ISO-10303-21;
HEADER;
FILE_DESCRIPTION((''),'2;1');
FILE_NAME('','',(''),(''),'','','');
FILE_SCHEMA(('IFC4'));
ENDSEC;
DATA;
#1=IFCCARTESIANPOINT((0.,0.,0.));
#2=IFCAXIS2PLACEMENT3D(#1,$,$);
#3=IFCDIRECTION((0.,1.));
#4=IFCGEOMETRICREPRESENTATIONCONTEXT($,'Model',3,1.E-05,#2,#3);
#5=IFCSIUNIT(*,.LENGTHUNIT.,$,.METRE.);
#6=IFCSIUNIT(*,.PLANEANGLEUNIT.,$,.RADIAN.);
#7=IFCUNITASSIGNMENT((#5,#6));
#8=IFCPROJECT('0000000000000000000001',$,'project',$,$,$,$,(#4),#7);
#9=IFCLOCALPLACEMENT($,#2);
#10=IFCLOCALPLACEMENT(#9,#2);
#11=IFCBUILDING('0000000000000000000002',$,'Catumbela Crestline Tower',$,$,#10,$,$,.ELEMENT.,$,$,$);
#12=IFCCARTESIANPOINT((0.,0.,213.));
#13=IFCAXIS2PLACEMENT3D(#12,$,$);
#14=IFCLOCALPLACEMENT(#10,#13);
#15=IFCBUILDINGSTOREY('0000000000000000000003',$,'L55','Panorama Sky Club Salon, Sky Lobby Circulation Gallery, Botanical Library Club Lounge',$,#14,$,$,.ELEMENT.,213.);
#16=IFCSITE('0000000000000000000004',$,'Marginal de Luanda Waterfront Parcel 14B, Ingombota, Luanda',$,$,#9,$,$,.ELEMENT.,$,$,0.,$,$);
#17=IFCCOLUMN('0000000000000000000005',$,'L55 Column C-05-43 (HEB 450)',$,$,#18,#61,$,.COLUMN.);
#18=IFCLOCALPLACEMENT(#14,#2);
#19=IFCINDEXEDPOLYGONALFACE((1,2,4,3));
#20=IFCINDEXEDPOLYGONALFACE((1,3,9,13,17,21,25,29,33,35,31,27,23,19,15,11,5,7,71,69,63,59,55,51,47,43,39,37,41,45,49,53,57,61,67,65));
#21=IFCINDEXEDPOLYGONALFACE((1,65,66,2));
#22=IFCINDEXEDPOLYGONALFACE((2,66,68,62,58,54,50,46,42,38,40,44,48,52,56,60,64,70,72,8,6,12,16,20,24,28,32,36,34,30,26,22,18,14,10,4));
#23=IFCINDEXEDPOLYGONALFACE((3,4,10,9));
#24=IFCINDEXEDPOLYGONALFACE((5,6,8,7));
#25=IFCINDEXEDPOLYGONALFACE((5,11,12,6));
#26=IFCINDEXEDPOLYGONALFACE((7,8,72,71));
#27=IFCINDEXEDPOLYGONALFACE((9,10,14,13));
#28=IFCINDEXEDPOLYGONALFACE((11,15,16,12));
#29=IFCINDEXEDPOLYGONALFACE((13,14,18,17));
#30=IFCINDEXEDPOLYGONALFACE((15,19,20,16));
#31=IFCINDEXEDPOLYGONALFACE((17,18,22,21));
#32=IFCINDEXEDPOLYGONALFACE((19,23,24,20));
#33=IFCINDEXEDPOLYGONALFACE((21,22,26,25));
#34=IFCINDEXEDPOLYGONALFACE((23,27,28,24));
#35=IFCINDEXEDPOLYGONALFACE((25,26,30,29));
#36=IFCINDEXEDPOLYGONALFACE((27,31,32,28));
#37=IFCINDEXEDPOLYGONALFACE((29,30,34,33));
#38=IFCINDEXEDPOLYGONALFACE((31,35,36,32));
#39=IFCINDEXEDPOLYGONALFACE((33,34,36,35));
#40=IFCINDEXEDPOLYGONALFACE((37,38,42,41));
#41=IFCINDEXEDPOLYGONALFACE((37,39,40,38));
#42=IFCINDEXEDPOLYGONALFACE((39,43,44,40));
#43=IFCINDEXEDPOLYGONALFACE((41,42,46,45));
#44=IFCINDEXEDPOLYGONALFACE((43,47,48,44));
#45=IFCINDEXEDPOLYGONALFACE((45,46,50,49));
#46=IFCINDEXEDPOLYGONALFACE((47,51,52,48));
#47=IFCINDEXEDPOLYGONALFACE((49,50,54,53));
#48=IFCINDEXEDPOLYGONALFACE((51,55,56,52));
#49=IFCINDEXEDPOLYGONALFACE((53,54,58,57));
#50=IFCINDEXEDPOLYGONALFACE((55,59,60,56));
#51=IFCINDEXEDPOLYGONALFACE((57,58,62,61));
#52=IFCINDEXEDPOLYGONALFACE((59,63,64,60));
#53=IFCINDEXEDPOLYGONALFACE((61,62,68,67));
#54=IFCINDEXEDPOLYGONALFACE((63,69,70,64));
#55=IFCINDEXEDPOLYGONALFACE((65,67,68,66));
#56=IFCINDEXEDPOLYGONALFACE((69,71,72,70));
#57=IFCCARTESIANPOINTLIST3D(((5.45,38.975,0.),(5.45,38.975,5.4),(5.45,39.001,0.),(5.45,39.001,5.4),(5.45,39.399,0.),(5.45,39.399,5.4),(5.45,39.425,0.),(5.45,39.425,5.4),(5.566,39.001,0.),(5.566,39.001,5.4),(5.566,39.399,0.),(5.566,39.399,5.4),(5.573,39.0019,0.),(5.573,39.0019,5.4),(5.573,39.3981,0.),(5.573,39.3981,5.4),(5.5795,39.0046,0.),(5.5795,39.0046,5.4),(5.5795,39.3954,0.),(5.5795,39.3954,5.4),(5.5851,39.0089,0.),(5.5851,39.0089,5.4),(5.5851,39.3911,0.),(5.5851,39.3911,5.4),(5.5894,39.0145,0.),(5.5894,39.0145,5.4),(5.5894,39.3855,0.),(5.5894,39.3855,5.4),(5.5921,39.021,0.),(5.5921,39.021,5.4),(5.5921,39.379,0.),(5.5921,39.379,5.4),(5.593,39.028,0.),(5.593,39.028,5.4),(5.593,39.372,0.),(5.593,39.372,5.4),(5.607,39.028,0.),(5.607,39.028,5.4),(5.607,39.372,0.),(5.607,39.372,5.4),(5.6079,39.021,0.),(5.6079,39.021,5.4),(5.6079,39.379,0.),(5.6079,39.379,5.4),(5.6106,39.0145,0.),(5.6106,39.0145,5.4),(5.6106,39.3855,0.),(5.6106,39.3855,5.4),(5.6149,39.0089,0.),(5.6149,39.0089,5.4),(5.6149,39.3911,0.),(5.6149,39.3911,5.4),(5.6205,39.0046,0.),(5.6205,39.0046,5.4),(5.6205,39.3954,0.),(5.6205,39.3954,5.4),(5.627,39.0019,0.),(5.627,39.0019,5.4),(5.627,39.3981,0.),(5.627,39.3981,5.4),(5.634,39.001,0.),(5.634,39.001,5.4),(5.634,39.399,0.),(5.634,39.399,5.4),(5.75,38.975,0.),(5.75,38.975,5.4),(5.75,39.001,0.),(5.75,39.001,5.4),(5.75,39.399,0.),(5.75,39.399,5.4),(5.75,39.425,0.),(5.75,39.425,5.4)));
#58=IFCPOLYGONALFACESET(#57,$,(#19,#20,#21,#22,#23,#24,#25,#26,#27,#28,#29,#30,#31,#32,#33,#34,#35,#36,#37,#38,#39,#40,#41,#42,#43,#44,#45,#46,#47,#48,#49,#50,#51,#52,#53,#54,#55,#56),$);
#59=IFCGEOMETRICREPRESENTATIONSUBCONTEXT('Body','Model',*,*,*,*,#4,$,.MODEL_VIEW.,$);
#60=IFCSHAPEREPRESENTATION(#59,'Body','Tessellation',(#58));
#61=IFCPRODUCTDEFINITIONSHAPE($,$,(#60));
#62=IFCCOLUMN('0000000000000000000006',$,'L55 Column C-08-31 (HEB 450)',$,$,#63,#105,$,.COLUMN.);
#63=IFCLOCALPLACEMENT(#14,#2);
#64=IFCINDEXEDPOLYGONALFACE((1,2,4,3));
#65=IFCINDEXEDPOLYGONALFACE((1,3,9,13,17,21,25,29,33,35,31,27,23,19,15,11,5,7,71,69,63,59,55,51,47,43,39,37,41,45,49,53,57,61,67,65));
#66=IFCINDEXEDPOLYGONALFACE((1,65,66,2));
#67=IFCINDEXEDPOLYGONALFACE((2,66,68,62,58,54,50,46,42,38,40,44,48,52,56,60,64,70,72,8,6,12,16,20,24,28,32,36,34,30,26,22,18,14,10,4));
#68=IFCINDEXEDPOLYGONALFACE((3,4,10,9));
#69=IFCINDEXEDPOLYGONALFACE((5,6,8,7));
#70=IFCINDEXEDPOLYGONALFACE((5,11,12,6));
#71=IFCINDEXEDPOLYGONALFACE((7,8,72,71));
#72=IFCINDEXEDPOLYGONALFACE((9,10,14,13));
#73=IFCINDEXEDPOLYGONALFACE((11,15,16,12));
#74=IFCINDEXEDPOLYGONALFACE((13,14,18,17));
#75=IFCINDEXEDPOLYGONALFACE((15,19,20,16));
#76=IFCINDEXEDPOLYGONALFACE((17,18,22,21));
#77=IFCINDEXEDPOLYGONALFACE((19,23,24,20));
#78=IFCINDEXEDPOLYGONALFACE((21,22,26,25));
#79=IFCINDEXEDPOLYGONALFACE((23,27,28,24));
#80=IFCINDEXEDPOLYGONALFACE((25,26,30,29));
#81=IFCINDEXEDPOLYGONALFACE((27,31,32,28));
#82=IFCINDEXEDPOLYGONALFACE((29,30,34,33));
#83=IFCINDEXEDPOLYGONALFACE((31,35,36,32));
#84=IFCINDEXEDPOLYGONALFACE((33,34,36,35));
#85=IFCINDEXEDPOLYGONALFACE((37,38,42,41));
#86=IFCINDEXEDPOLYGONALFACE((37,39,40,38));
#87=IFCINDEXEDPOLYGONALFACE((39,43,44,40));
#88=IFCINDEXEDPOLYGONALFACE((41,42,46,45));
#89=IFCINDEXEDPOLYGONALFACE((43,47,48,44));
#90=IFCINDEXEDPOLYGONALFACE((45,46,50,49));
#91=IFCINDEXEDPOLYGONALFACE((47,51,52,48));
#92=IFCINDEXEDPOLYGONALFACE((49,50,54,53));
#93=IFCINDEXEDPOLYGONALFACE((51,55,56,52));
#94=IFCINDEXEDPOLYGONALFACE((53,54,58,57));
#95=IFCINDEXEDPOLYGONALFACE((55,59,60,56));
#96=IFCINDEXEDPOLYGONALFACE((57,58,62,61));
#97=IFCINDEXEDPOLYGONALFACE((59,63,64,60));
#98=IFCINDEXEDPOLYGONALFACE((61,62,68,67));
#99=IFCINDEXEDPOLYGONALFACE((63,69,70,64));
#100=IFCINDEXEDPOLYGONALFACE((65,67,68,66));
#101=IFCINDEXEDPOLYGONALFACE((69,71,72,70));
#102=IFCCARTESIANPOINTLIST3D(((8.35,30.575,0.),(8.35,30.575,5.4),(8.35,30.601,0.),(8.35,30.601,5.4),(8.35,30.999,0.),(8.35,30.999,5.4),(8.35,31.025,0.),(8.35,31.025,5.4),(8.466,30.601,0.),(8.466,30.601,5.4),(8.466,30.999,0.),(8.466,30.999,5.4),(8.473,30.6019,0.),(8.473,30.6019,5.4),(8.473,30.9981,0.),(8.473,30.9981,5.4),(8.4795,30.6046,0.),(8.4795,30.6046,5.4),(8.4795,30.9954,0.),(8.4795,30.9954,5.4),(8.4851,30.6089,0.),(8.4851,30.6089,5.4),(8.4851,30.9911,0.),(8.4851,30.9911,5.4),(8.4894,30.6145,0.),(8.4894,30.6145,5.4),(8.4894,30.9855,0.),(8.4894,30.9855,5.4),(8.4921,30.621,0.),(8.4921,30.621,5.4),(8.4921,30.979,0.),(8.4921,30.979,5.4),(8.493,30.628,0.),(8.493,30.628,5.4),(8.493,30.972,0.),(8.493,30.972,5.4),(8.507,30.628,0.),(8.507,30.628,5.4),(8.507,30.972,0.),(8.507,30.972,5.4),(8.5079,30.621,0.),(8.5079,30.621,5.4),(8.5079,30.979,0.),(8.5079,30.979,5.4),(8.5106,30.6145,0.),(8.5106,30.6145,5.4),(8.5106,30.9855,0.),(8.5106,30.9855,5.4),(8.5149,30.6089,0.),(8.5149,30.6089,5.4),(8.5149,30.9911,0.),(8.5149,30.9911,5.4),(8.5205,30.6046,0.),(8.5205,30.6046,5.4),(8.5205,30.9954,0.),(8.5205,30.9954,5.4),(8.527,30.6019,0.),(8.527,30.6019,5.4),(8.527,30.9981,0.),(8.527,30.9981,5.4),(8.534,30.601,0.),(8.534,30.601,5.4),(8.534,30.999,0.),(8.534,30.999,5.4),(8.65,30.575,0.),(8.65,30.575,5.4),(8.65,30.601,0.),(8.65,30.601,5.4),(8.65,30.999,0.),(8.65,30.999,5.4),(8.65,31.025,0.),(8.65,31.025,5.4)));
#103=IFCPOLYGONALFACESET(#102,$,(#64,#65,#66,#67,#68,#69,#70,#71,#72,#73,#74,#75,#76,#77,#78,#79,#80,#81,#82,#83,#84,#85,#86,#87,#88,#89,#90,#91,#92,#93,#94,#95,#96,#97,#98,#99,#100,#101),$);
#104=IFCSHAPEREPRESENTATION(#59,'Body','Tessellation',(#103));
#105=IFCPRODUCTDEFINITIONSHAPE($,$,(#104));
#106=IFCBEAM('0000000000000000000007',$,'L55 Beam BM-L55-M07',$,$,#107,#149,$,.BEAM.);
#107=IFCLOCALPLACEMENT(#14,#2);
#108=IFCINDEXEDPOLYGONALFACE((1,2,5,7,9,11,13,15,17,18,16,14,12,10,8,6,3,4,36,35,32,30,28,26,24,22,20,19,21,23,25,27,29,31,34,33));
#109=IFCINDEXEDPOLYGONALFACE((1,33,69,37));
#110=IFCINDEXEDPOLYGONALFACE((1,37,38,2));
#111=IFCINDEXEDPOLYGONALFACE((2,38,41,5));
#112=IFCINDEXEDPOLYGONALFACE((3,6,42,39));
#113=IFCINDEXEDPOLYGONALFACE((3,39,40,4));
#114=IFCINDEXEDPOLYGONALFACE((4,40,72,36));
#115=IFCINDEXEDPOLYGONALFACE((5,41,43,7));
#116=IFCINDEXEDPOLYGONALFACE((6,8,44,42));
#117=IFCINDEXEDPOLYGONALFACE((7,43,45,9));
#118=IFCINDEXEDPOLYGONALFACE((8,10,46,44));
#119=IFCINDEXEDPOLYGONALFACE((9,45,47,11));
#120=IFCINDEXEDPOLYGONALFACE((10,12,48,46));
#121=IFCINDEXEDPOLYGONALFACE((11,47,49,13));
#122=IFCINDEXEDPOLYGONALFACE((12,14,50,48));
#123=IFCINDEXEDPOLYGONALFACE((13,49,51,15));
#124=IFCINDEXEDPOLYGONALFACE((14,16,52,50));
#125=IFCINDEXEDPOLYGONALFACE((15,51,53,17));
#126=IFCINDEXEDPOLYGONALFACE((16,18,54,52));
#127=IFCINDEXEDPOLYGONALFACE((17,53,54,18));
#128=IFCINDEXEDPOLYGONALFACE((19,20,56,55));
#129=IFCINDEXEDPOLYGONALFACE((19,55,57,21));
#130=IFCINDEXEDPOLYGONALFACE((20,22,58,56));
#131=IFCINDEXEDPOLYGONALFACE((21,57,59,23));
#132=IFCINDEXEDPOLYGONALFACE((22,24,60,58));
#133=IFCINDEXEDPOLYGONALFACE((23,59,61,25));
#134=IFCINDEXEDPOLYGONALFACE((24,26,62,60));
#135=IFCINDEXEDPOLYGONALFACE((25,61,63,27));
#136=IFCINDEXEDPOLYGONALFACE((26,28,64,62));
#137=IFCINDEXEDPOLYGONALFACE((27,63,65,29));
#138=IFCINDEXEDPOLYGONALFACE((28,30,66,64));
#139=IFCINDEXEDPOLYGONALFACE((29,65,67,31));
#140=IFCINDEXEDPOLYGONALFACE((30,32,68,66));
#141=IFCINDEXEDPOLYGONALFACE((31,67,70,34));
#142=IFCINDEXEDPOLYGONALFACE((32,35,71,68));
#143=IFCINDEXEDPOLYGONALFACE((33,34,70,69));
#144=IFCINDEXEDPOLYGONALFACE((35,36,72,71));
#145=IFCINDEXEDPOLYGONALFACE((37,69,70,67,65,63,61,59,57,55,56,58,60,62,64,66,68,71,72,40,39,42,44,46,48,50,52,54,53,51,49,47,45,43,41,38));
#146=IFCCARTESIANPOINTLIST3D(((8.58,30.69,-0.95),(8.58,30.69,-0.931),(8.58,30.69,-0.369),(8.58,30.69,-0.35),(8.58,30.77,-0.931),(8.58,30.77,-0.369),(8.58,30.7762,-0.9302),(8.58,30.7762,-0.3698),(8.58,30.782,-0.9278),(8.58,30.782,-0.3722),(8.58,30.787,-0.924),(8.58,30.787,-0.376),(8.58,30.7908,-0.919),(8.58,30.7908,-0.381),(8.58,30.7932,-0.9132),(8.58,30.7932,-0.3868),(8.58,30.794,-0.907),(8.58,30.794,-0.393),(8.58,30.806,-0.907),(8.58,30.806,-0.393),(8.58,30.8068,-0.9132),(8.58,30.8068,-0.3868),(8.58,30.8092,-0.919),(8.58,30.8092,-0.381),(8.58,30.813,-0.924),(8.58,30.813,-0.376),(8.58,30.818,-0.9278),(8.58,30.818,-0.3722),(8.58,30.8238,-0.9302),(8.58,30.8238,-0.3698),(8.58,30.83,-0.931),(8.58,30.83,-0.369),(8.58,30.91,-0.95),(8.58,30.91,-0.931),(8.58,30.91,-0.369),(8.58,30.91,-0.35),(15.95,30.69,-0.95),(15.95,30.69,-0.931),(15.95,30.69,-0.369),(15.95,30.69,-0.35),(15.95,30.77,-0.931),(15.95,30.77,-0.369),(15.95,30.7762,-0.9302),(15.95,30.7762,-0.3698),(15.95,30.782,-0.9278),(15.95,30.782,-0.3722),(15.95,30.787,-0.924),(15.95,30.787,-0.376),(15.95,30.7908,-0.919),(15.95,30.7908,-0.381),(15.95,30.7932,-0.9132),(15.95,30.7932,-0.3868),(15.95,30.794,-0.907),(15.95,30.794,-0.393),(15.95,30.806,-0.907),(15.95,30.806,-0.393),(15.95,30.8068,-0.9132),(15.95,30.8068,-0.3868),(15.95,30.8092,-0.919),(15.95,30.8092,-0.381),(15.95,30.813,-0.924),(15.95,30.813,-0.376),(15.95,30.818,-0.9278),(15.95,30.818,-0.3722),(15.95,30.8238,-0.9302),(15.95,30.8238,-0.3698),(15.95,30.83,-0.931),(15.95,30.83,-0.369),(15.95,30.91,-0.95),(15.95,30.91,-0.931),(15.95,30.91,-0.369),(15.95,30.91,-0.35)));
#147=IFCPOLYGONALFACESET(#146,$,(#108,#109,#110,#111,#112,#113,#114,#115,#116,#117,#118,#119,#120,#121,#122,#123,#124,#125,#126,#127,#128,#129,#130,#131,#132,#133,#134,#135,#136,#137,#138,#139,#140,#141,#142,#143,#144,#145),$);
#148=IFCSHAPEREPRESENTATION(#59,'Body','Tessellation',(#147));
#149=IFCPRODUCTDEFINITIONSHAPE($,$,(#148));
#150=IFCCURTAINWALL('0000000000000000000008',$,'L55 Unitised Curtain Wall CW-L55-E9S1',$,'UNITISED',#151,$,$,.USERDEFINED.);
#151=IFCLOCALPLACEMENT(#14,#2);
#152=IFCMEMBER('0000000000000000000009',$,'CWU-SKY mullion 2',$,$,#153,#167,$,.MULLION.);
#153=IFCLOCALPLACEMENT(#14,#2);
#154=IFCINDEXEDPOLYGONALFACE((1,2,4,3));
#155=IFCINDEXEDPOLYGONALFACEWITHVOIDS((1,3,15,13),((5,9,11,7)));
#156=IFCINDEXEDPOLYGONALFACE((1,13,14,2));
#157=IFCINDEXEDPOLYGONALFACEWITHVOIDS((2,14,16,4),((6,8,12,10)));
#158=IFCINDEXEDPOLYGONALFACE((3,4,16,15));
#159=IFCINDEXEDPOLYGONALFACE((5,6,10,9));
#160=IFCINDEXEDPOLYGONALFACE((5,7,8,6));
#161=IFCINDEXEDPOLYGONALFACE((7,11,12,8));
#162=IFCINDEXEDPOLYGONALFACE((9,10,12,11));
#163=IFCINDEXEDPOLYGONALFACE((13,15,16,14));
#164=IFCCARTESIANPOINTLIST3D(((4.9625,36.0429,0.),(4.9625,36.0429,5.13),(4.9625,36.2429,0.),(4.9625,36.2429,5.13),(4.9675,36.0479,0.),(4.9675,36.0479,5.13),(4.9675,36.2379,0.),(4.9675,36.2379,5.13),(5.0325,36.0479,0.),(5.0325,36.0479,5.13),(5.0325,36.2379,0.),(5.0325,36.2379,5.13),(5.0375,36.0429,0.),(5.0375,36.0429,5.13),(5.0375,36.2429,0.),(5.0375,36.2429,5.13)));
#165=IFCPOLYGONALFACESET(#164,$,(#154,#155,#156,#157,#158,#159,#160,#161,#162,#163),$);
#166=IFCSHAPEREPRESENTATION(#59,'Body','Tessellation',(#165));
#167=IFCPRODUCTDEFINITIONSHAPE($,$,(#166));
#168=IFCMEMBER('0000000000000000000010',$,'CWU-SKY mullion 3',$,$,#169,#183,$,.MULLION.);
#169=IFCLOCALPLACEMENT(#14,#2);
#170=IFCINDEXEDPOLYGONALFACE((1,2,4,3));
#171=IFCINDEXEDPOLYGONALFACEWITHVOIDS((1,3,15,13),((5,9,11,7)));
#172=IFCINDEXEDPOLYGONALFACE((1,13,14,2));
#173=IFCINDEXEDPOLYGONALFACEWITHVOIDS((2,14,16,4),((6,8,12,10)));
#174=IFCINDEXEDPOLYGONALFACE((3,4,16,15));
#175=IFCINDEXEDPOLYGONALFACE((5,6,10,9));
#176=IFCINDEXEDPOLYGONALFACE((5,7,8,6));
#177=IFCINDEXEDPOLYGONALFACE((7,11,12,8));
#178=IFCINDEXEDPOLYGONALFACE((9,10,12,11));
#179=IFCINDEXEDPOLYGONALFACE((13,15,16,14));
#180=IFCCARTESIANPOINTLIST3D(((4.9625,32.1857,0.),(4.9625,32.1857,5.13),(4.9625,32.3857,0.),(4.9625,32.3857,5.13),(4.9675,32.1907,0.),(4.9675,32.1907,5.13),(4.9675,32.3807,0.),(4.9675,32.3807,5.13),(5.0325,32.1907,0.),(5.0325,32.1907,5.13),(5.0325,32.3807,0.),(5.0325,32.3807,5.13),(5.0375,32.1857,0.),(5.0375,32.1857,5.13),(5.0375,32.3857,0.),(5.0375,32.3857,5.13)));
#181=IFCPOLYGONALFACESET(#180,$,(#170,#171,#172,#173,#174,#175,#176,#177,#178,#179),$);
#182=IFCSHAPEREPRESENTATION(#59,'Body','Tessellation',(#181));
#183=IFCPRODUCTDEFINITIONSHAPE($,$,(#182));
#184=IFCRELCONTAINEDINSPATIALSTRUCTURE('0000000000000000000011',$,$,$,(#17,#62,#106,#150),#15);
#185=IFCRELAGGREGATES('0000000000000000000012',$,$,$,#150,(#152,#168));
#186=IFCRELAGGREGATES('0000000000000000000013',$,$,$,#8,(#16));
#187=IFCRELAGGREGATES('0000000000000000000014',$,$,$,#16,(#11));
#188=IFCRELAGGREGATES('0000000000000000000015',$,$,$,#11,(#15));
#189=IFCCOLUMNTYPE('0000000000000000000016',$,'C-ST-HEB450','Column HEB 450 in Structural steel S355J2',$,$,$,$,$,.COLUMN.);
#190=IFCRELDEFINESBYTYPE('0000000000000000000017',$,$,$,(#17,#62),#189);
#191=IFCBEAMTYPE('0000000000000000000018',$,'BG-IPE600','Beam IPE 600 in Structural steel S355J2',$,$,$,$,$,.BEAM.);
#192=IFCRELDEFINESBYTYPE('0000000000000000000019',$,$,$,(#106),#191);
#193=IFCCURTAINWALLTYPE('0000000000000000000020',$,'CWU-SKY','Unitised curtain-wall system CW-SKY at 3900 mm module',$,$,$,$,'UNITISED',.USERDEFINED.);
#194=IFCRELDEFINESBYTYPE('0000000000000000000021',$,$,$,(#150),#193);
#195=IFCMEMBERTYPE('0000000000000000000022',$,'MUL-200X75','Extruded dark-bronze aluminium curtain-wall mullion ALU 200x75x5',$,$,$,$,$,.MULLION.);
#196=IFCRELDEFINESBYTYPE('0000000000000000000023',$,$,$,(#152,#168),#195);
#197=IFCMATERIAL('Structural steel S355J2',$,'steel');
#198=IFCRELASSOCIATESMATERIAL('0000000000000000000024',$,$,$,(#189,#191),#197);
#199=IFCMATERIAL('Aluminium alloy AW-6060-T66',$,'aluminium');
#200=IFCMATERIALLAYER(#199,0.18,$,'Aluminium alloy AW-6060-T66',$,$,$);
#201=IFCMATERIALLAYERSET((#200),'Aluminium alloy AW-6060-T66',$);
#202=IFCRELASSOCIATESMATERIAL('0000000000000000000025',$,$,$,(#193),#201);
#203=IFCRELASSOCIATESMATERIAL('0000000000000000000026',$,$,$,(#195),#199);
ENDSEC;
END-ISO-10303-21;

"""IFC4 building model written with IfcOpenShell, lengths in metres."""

from ifc_helpers import new_model, si_unit, direction, frame, origin, origin_2d, place, context, subcontext, project, spatial, hollow_rectangle, i_section, extrude, material, layer, layer_set, material_profile, profile_set, type_object, element, aggregate, save


model = new_model("IFC4")

# Units and contexts
model_context = context("Model", 3, precision=1e-05, world=origin(), true_north=direction((0.0, 1.0)))
body_context = subcontext(model_context, "Body", "Model", "MODEL_VIEW")
ifc_project = project(units=[si_unit("LENGTHUNIT", "METRE"), si_unit("PLANEANGLEUNIT", "RADIAN")], contexts=[model_context])

# Site, building, storey
site_placement = place(None, origin())
site = spatial("IfcSite", under=ifc_project, at=site_placement, Name="Marginal de Luanda Waterfront Parcel 14B, Ingombota, Luanda", CompositionType="ELEMENT", RefElevation=0.0)
building_placement = place(site_placement, origin())
building = spatial("IfcBuilding", under=site, at=building_placement, Name="Catumbela Crestline Tower", CompositionType="ELEMENT")
storey_placement = place(building_placement, frame((0.0, 0.0, 213.0)))
storey = spatial("IfcBuildingStorey", under=building, at=storey_placement, Name="L55", Description="Panorama Sky Club Salon, Sky Lobby Circulation Gallery, Botanical Library Club Lounge", CompositionType="ELEMENT", Elevation=213.0)

# Columns
ifc_material_1 = material(Name="Structural steel S355J2", Category="steel")
ifc_material_profile_1 = material_profile(ifc_material_1, i_section(OverallWidth=0.3, OverallDepth=0.45, WebThickness=0.014, FlangeThickness=0.026, FilletRadius=0.027, at=origin_2d()), Name="HEB 450")
ifc_profile_set_1 = profile_set([ifc_material_profile_1], Name="Structural steel S355J2")
column_type = type_object("IfcColumnType", Name="C-ST-HEB450", Description="Column HEB 450 in Structural steel S355J2", PredefinedType="COLUMN", material=ifc_profile_set_1)
for number, where, z_axis, x_axis, name in (
    (1, (5.6, 39.2, 0.0), (0.0, 0.0, 1.0), (1.0, 0.0, 0.0), "L55 Column C-05-43 (HEB 450)"),
    (2, (8.5, 30.8, 0.0), (0.0, 0.0, 1.0), (1.0, 0.0, 0.0), "L55 Column C-08-31 (HEB 450)"),
):
    element("IfcColumn", number, at=place(storey_placement, frame(where, z_axis=z_axis, x_axis=x_axis)), inside=storey, type_object=column_type, Name=name, PredefinedType="COLUMN", context=body_context, shape_type="SweptSolid", body=[
        extrude(i_section(OverallWidth=0.3, OverallDepth=0.45, WebThickness=0.014, FlangeThickness=0.026, FilletRadius=0.027, at=origin_2d()), origin(), (0.0, 0.0, 1.0), 5.4),
    ])

# Beam
ifc_material_profile_2 = material_profile(ifc_material_1, i_section(OverallWidth=0.22, OverallDepth=0.6, WebThickness=0.012, FlangeThickness=0.019, FilletRadius=0.024, at=origin_2d()), Name="IPE 600")
ifc_profile_set_2 = profile_set([ifc_material_profile_2], Name="Structural steel S355J2")
beam_type_1 = type_object("IfcBeamType", Name="BG-IPE600", Description="Beam IPE 600 in Structural steel S355J2", PredefinedType="BEAM", material=ifc_profile_set_2)
beam_1_placement = place(storey_placement, frame((8.58, 30.8, -0.65), z_axis=(1.0, 0.0, 0.0), x_axis=(0.0, 1.0, 0.0)))
element("IfcBeam", 3, at=beam_1_placement, inside=storey, type_object=beam_type_1, Name="L55 Beam BM-L55-M07", PredefinedType="BEAM", context=body_context, shape_type="SweptSolid", body=[
    extrude(i_section(OverallWidth=0.22, OverallDepth=0.6, WebThickness=0.012, FlangeThickness=0.019, FilletRadius=0.024, at=origin_2d()), origin(), (0.0, 0.0, 1.0), 7.37),
])

# Curtain wall, members
ifc_material_2 = material(Name="Aluminium alloy AW-6060-T66", Category="aluminium")
ifc_layer_1 = layer(ifc_material_2, 0.18, Name="Aluminium alloy AW-6060-T66")
ifc_layer_set_1 = layer_set([ifc_layer_1], Name="Aluminium alloy AW-6060-T66")
curtain_wall_type = type_object("IfcCurtainWallType", Name="CWU-SKY", Description="Unitised curtain-wall system CW-SKY at 3900 mm module", ElementType="UNITISED", PredefinedType="USERDEFINED", material=ifc_layer_set_1)
curtain_wall_placement = place(storey_placement, origin())
curtain_wall = element("IfcCurtainWall", 4, at=curtain_wall_placement, inside=storey, type_object=curtain_wall_type, Name="L55 Unitised Curtain Wall CW-L55-E9S1", ObjectType="UNITISED", PredefinedType="USERDEFINED")
ifc_material_profile_3 = material_profile(ifc_material_2, hollow_rectangle(XDim=0.075, YDim=0.2, WallThickness=0.005, at=origin_2d()), Name="ALU 200x75x5")
ifc_profile_set_3 = profile_set([ifc_material_profile_3], Name="Aluminium alloy AW-6060-T66")
member_type_1 = type_object("IfcMemberType", Name="MUL-200X75", Description="Extruded dark-bronze aluminium curtain-wall mullion ALU 200x75x5", PredefinedType="MULLION", material=ifc_profile_set_3)
member_1_placement = place(storey_placement, frame((5.0, 36.1429, 0.0), z_axis=(0.0, 0.0, 1.0), x_axis=(1.0, 0.0, 0.0)))
member_1 = element("IfcMember", 5, at=member_1_placement, type_object=member_type_1, Name="CWU-SKY mullion 2", PredefinedType="MULLION", context=body_context, shape_type="SweptSolid", body=[
    extrude(hollow_rectangle(XDim=0.075, YDim=0.2, WallThickness=0.005, at=origin_2d()), origin(), (0.0, 0.0, 1.0), 5.13),
])
member_2_placement = place(storey_placement, frame((5.0, 32.2857, 0.0), z_axis=(0.0, 0.0, 1.0), x_axis=(1.0, 0.0, 0.0)))
member_2 = element("IfcMember", 6, at=member_2_placement, type_object=member_type_1, Name="CWU-SKY mullion 3", PredefinedType="MULLION", context=body_context, shape_type="SweptSolid", body=[
    extrude(hollow_rectangle(XDim=0.075, YDim=0.2, WallThickness=0.005, at=origin_2d()), origin(), (0.0, 0.0, 1.0), 5.13),
])

aggregate(curtain_wall, [member_1, member_2])

save(model, "model.ifc")
